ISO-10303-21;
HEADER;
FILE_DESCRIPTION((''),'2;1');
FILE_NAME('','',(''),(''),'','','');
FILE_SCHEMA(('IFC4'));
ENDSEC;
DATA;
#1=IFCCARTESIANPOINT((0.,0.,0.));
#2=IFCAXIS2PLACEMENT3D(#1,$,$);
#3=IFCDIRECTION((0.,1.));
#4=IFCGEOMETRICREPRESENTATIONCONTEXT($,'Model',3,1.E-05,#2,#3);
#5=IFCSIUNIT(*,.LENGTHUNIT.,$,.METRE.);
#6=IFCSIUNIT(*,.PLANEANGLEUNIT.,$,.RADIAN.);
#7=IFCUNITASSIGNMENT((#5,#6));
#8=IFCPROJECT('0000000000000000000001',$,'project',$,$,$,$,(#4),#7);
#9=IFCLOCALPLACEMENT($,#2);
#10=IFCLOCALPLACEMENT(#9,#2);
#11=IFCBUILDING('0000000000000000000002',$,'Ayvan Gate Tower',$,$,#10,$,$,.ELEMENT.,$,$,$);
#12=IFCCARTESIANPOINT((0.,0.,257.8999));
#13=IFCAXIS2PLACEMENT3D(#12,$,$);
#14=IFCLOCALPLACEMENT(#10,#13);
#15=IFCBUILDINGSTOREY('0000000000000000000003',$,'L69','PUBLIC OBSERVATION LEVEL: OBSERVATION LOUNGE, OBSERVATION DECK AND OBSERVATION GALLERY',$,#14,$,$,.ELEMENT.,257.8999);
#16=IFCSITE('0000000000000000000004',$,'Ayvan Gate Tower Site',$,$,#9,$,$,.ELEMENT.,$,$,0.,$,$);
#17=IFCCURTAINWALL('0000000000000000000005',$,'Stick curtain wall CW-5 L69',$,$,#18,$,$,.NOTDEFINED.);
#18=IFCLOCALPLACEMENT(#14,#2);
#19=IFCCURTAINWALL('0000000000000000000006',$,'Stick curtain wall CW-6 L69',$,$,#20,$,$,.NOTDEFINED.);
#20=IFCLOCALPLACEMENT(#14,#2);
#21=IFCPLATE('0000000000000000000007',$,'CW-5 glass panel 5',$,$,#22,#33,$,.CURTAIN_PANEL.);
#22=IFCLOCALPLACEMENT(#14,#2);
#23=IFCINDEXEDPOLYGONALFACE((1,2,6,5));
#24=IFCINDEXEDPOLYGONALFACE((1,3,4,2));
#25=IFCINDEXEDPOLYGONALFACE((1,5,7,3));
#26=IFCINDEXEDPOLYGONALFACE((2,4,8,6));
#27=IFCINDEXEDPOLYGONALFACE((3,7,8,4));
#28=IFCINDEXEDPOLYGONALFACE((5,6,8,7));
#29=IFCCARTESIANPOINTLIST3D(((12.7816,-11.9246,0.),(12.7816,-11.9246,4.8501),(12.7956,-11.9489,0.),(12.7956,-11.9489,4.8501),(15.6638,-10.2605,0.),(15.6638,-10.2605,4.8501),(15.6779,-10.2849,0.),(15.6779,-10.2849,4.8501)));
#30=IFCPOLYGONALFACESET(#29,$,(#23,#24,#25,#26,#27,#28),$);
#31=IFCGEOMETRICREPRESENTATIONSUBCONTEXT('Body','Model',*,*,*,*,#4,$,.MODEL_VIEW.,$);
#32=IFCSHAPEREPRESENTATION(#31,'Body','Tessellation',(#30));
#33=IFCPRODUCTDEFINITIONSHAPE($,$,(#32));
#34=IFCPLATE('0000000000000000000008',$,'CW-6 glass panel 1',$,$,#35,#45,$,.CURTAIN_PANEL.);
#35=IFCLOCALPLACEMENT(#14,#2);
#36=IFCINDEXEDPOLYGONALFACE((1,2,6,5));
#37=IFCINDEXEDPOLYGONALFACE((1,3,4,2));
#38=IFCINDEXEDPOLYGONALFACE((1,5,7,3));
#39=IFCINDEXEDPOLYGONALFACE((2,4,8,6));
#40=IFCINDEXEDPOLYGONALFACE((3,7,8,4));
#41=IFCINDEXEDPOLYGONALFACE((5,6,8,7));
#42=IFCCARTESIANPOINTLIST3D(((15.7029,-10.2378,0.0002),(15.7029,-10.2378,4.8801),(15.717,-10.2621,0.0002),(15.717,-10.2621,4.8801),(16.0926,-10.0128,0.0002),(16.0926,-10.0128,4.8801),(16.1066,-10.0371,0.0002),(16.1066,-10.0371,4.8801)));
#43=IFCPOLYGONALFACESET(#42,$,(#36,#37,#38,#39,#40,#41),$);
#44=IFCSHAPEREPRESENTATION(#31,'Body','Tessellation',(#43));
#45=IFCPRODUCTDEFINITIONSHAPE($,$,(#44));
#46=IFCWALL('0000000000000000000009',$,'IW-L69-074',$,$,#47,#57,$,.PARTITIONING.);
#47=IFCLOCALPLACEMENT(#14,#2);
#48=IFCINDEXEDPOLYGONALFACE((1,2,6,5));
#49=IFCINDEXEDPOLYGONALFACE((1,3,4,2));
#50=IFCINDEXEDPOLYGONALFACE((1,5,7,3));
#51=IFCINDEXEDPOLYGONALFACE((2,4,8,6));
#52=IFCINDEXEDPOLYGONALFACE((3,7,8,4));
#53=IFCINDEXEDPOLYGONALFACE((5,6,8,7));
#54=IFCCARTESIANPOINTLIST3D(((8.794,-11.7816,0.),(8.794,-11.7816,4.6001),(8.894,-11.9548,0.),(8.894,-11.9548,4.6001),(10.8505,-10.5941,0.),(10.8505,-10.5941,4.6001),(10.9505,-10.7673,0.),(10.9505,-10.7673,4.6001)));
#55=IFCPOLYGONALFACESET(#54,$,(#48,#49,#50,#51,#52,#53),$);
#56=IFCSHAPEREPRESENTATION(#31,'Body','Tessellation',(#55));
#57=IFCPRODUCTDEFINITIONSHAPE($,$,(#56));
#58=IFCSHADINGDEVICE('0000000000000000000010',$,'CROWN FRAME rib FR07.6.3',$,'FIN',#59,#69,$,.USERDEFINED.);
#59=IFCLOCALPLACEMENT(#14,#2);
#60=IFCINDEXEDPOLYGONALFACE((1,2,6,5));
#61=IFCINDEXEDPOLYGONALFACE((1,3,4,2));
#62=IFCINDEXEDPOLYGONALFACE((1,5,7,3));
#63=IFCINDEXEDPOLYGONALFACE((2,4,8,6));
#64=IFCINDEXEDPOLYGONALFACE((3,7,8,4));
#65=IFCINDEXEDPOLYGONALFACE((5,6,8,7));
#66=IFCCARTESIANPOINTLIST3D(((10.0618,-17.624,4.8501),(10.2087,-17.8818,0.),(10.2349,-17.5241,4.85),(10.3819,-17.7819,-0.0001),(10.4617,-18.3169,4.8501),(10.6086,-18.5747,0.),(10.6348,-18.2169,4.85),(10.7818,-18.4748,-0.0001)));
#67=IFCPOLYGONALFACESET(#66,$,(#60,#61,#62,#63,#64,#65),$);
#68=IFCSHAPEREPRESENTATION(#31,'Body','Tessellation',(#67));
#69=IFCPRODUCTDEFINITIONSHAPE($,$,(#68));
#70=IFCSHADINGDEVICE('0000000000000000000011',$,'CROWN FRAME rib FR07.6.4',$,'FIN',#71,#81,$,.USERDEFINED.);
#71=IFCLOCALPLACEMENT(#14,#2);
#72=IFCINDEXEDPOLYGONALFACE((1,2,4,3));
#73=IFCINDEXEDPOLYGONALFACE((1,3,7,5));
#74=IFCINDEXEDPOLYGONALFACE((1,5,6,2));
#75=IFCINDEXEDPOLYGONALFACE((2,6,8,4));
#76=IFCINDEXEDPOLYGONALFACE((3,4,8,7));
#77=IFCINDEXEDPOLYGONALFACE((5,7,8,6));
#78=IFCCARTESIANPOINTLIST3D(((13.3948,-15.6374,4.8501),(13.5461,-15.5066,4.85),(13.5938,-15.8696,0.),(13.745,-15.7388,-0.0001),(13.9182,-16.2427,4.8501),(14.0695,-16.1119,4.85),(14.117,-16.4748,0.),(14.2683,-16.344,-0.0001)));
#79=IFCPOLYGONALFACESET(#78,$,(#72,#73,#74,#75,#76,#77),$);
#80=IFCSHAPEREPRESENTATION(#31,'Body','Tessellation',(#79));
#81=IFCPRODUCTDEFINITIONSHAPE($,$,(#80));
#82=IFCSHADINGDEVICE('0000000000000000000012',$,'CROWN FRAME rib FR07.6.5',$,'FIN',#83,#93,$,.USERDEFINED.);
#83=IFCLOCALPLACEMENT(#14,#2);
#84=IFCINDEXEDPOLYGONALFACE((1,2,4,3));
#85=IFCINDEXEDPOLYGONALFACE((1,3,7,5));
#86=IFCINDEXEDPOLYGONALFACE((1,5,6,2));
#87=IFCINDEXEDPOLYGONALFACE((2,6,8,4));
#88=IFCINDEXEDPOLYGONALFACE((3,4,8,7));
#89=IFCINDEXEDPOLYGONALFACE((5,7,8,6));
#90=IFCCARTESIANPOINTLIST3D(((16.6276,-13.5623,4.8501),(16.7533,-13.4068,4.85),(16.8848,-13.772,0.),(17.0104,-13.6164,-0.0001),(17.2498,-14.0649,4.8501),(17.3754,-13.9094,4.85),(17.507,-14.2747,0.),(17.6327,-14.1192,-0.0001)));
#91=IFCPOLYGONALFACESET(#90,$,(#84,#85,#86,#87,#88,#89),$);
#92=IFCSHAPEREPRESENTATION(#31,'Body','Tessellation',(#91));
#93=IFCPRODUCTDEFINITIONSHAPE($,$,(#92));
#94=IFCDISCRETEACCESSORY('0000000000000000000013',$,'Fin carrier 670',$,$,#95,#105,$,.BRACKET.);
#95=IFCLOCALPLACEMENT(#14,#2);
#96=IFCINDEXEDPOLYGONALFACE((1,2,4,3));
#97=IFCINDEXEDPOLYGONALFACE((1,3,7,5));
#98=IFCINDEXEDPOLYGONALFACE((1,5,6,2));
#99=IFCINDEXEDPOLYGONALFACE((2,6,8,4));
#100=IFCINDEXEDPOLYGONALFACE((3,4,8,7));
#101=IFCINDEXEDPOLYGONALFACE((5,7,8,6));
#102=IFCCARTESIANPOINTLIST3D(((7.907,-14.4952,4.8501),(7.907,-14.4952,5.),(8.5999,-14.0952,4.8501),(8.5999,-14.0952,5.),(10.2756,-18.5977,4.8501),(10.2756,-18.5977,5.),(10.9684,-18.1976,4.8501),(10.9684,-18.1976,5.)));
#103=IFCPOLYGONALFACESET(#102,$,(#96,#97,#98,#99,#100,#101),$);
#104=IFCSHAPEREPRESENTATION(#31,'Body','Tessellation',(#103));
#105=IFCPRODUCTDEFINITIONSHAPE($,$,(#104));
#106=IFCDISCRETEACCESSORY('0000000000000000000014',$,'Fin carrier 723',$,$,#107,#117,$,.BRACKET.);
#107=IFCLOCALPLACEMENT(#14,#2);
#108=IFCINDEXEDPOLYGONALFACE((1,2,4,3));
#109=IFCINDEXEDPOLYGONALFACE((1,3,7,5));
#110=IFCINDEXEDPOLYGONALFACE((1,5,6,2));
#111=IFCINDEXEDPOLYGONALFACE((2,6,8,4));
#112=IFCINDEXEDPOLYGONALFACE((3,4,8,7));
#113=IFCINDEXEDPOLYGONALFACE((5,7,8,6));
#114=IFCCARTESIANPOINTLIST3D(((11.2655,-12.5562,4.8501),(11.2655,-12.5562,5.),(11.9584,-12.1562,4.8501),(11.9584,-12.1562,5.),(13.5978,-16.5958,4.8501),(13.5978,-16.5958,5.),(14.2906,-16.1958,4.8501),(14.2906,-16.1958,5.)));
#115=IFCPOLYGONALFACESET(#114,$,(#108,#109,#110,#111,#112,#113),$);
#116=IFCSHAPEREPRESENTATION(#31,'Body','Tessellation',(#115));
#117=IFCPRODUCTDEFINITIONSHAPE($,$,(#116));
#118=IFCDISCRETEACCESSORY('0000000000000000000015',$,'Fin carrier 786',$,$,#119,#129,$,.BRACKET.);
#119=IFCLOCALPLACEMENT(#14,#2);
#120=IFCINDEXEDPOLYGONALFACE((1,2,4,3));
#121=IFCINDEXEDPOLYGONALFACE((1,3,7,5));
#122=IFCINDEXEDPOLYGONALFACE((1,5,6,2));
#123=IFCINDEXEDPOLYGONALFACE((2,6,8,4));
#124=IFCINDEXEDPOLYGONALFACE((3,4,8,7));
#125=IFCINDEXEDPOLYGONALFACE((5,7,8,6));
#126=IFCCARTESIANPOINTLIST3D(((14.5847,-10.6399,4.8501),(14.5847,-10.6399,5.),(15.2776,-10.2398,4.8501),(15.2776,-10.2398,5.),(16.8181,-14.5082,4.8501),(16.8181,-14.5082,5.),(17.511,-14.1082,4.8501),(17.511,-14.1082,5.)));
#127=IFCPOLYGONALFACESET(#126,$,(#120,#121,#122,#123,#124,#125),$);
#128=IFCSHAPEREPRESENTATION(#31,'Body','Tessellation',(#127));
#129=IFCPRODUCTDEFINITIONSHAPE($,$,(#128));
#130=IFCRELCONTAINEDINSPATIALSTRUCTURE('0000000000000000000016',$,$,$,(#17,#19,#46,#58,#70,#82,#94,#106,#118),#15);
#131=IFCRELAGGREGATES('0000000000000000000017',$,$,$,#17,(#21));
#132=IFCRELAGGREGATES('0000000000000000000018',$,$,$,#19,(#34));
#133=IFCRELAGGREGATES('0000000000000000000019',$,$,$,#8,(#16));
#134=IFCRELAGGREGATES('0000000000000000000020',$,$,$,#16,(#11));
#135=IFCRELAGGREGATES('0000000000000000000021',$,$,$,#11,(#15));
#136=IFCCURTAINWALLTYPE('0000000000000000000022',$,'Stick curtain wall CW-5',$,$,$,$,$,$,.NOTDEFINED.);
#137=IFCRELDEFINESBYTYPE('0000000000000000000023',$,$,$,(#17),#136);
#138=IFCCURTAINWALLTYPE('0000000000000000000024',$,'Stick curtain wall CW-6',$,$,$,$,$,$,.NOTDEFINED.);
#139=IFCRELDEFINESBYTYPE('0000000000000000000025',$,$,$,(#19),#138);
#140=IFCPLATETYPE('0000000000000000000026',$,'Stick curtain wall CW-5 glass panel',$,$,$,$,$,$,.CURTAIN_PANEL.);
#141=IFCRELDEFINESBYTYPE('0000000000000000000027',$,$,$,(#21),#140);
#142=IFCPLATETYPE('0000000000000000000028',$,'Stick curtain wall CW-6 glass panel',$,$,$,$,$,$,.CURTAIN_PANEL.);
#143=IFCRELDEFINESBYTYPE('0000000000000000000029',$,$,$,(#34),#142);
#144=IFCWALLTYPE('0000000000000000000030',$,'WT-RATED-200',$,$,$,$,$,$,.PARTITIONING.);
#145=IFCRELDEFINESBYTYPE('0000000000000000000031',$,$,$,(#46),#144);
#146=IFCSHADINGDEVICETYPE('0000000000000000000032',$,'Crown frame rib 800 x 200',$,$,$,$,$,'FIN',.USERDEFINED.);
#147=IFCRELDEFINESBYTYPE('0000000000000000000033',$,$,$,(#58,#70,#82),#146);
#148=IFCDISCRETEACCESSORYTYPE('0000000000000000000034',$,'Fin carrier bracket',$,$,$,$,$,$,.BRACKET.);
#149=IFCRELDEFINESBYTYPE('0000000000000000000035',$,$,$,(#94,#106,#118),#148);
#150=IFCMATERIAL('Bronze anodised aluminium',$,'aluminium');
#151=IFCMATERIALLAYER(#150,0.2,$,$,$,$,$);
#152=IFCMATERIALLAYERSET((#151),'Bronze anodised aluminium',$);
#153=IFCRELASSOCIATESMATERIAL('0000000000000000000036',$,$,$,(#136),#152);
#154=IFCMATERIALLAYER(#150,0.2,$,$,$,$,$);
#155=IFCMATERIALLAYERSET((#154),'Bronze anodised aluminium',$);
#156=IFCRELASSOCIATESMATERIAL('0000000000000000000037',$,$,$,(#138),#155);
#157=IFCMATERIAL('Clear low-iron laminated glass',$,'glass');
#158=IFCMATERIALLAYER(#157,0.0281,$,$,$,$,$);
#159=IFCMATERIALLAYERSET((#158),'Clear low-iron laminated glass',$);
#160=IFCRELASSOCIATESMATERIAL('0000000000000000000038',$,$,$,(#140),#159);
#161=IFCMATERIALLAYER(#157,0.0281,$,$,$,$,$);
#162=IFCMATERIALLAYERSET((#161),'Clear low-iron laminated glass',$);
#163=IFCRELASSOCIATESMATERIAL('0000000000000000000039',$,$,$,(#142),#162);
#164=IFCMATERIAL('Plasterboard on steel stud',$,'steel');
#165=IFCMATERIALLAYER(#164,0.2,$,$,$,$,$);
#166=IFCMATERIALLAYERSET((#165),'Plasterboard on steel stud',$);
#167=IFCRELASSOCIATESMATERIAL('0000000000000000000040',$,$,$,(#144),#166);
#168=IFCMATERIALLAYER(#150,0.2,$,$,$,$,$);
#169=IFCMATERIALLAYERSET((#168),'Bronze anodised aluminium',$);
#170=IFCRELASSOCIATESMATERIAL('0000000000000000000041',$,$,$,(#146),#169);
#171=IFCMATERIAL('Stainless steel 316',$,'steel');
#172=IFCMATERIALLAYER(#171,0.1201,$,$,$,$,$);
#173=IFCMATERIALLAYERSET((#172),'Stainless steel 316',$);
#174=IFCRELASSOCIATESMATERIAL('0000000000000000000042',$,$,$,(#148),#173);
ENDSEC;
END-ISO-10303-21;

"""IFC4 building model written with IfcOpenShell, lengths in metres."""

from ifc_helpers import new_model, si_unit, direction, frame, frame_2d, origin, origin_2d, place, context, subcontext, project, spatial, polyline, rectangle, outline, extrude, material, layer, layer_set, type_object, element, aggregate, save


model = new_model("IFC4")

# Units and contexts
model_context = context("Model", 3, precision=1e-05, world=origin(), true_north=direction((0.0, 1.0)))
body_context = subcontext(model_context, "Body", "Model", "MODEL_VIEW")
ifc_project = project(units=[si_unit("LENGTHUNIT", "METRE"), si_unit("PLANEANGLEUNIT", "RADIAN")], contexts=[model_context])

# Site, building, storey
site_placement = place(None, origin())
site = spatial("IfcSite", under=ifc_project, at=site_placement, Name="Ayvan Gate Tower Site", CompositionType="ELEMENT", RefElevation=0.0)
building_placement = place(site_placement, origin())
building = spatial("IfcBuilding", under=site, at=building_placement, Name="Ayvan Gate Tower", CompositionType="ELEMENT")
storey_placement = place(building_placement, frame((0.0, 0.0, 257.8999)))
storey = spatial("IfcBuildingStorey", under=building, at=storey_placement, Name="L69", Description="PUBLIC OBSERVATION LEVEL: OBSERVATION LOUNGE, OBSERVATION DECK AND OBSERVATION GALLERY", CompositionType="ELEMENT", Elevation=257.8999)

# Curtain walls
ifc_material_1 = material(Name="Bronze anodised aluminium", Category="aluminium")
ifc_layer_1 = layer(ifc_material_1, 0.2)
ifc_layer_set_1 = layer_set([ifc_layer_1], Name="Bronze anodised aluminium")
curtain_wall_type_1 = type_object("IfcCurtainWallType", Name="Stick curtain wall CW-5", PredefinedType="NOTDEFINED", material=ifc_layer_set_1)
curtain_wall_1_placement = place(storey_placement, origin())
curtain_wall_1 = element("IfcCurtainWall", 1, at=curtain_wall_1_placement, inside=storey, type_object=curtain_wall_type_1, Name="Stick curtain wall CW-5 L69", PredefinedType="NOTDEFINED")
ifc_layer_2 = layer(ifc_material_1, 0.2)
ifc_layer_set_2 = layer_set([ifc_layer_2], Name="Bronze anodised aluminium")
curtain_wall_type_2 = type_object("IfcCurtainWallType", Name="Stick curtain wall CW-6", PredefinedType="NOTDEFINED", material=ifc_layer_set_2)
curtain_wall_2_placement = place(storey_placement, origin())
curtain_wall_2 = element("IfcCurtainWall", 2, at=curtain_wall_2_placement, inside=storey, type_object=curtain_wall_type_2, Name="Stick curtain wall CW-6 L69", PredefinedType="NOTDEFINED")

# Plates
ifc_material_2 = material(Name="Clear low-iron laminated glass", Category="glass")
ifc_layer_3 = layer(ifc_material_2, 0.0281)
ifc_layer_set_3 = layer_set([ifc_layer_3], Name="Clear low-iron laminated glass")
plate_type_1 = type_object("IfcPlateType", Name="Stick curtain wall CW-5 glass panel", PredefinedType="CURTAIN_PANEL", material=ifc_layer_set_3)
plate_1_placement = place(storey_placement, frame((14.2297, -11.1047, 0.0), z_axis=(0.0, 0.0, 1.0), x_axis=(0.866025, 0.5, 0.0)))
plate_1 = element("IfcPlate", 3, at=plate_1_placement, type_object=plate_type_1, Name="CW-5 glass panel 5", PredefinedType="CURTAIN_PANEL", context=body_context, shape_type="SweptSolid", body=[
    extrude(rectangle(XDim=3.3281, YDim=0.0281, at=origin_2d()), origin(), (0.0, 0.0, 1.0), 4.8501),
])
aggregate(curtain_wall_1, [plate_1])
ifc_layer_4 = layer(ifc_material_2, 0.0281)
ifc_layer_set_4 = layer_set([ifc_layer_4], Name="Clear low-iron laminated glass")
plate_type_2 = type_object("IfcPlateType", Name="Stick curtain wall CW-6 glass panel", PredefinedType="CURTAIN_PANEL", material=ifc_layer_set_4)
plate_2_placement = place(storey_placement, frame((15.9048, -10.1375, 0.0002), z_axis=(0.0, 0.0, 1.0), x_axis=(0.866025, 0.5, 0.0)))
plate_2 = element("IfcPlate", 4, at=plate_2_placement, type_object=plate_type_2, Name="CW-6 glass panel 1", PredefinedType="CURTAIN_PANEL", context=body_context, shape_type="SweptSolid", body=[
    extrude(rectangle(XDim=0.45, YDim=0.0281, at=origin_2d()), origin(), (0.0, 0.0, 1.0), 4.8799),
])
aggregate(curtain_wall_2, [plate_2])

# Wall
ifc_material_3 = material(Name="Plasterboard on steel stud", Category="steel")
ifc_layer_5 = layer(ifc_material_3, 0.2)
ifc_layer_set_5 = layer_set([ifc_layer_5], Name="Plasterboard on steel stud")
wall_type = type_object("IfcWallType", Name="WT-RATED-200", PredefinedType="PARTITIONING", material=ifc_layer_set_5)
wall_placement = place(storey_placement, frame((10.9006, -10.6807, 0.0), z_axis=(0.0, 0.0, 1.0), x_axis=(-0.866008, -0.500031, 0.0)))
element("IfcWall", 5, at=wall_placement, inside=storey, type_object=wall_type, Name="IW-L69-074", PredefinedType="PARTITIONING", context=body_context, shape_type="SweptSolid", body=[
    extrude(rectangle(XDim=2.3748, YDim=0.2, at=frame_2d((1.1875, 0.0))), origin(), (0.0, 0.0, 1.0), 4.6001),
])

# Shading devices
ifc_layer_6 = layer(ifc_material_1, 0.2)
ifc_layer_set_6 = layer_set([ifc_layer_6], Name="Bronze anodised aluminium")
shading_device_type = type_object("IfcShadingDeviceType", Name="Crown frame rib 800 x 200", ElementType="FIN", PredefinedType="USERDEFINED", material=ifc_layer_set_6)
shading_device_1_placement = place(storey_placement, frame((10.2087, -17.8818, 0.0), z_axis=(-0.866094, -0.499881, 0.000326), x_axis=(0.499881, -0.866094, 0.0)))
element("IfcShadingDevice", 6, at=shading_device_1_placement, inside=storey, type_object=shading_device_type, Name="CROWN FRAME rib FR07.6.3", ObjectType="FIN", PredefinedType="USERDEFINED", context=body_context, shape_type="SweptSolid", body=[
    extrude(outline(polyline([(0.0, 0.0), (0.8, 0.0), (0.5032, 4.8501), (-0.2968, 4.8501), (0.0, 0.0)])), origin(), (0.0, 0.0, -1.0), 0.2),
])
shading_device_2_placement = place(storey_placement, frame((13.5938, -15.8696, 0.0), z_axis=(-0.756439, -0.654065, 0.000297), x_axis=(0.654065, -0.756439, 0.0)))
element("IfcShadingDevice", 7, at=shading_device_2_placement, inside=storey, type_object=shading_device_type, Name="CROWN FRAME rib FR07.6.4", ObjectType="FIN", PredefinedType="USERDEFINED", context=body_context, shape_type="SweptSolid", body=[
    extrude(outline(polyline([(0.0, 0.0), (0.8, 0.0), (0.4944, 4.8501), (-0.3058, 4.8501), (0.0, 0.0)])), origin(), (0.0, 0.0, -1.0), 0.2),
])
shading_device_3_placement = place(storey_placement, frame((16.8848, -13.772, 0.0), z_axis=(-0.628447, -0.777852, 0.000307), x_axis=(0.777852, -0.628447, 0.0)))
element("IfcShadingDevice", 8, at=shading_device_3_placement, inside=storey, type_object=shading_device_type, Name="CROWN FRAME rib FR07.6.5", ObjectType="FIN", PredefinedType="USERDEFINED", context=body_context, shape_type="SweptSolid", body=[
    extrude(outline(polyline([(0.0, 0.0), (0.8, 0.0), (0.468, 4.8501), (-0.3318, 4.8501), (0.0, 0.0)])), origin(), (0.0, 0.0, -1.0), 0.2),
])

# Discrete accessories
ifc_material_4 = material(Name="Stainless steel 316", Category="steel")
ifc_layer_7 = layer(ifc_material_4, 0.1201)
ifc_layer_set_7 = layer_set([ifc_layer_7], Name="Stainless steel 316")
discrete_accessory_type = type_object("IfcDiscreteAccessoryType", Name="Fin carrier bracket", PredefinedType="BRACKET", material=ifc_layer_set_7)
discrete_accessory_1_placement = place(storey_placement, frame((9.4377, -16.3464, 4.8501), z_axis=(0.0, 0.0, 1.0), x_axis=(0.866025, 0.5, 0.0)))
element("IfcDiscreteAccessory", 9, at=discrete_accessory_1_placement, inside=storey, type_object=discrete_accessory_type, Name="Fin carrier 670", PredefinedType="BRACKET", context=body_context, shape_type="SweptSolid", body=[
    extrude(rectangle(XDim=0.8, YDim=4.7371, at=origin_2d()), origin(), (0.0, 0.0, 1.0), 0.1499),
])
discrete_accessory_2_placement = place(storey_placement, frame((12.7781, -14.376, 4.8501), z_axis=(0.0, 0.0, 1.0), x_axis=(0.866025, 0.5, 0.0)))
element("IfcDiscreteAccessory", 10, at=discrete_accessory_2_placement, inside=storey, type_object=discrete_accessory_type, Name="Fin carrier 723", PredefinedType="BRACKET", context=body_context, shape_type="SweptSolid", body=[
    extrude(rectangle(XDim=0.8, YDim=4.6646, at=origin_2d()), origin(), (0.0, 0.0, 1.0), 0.1499),
])
discrete_accessory_3_placement = place(storey_placement, frame((16.0479, -12.374, 4.8501), z_axis=(0.0, 0.0, 1.0), x_axis=(0.866025, 0.5, 0.0)))
element("IfcDiscreteAccessory", 11, at=discrete_accessory_3_placement, inside=storey, type_object=discrete_accessory_type, Name="Fin carrier 786", PredefinedType="BRACKET", context=body_context, shape_type="SweptSolid", body=[
    extrude(rectangle(XDim=0.8, YDim=4.4668, at=origin_2d()), origin(), (0.0, 0.0, 1.0), 0.1499),
])

save(model, "model.ifc")
